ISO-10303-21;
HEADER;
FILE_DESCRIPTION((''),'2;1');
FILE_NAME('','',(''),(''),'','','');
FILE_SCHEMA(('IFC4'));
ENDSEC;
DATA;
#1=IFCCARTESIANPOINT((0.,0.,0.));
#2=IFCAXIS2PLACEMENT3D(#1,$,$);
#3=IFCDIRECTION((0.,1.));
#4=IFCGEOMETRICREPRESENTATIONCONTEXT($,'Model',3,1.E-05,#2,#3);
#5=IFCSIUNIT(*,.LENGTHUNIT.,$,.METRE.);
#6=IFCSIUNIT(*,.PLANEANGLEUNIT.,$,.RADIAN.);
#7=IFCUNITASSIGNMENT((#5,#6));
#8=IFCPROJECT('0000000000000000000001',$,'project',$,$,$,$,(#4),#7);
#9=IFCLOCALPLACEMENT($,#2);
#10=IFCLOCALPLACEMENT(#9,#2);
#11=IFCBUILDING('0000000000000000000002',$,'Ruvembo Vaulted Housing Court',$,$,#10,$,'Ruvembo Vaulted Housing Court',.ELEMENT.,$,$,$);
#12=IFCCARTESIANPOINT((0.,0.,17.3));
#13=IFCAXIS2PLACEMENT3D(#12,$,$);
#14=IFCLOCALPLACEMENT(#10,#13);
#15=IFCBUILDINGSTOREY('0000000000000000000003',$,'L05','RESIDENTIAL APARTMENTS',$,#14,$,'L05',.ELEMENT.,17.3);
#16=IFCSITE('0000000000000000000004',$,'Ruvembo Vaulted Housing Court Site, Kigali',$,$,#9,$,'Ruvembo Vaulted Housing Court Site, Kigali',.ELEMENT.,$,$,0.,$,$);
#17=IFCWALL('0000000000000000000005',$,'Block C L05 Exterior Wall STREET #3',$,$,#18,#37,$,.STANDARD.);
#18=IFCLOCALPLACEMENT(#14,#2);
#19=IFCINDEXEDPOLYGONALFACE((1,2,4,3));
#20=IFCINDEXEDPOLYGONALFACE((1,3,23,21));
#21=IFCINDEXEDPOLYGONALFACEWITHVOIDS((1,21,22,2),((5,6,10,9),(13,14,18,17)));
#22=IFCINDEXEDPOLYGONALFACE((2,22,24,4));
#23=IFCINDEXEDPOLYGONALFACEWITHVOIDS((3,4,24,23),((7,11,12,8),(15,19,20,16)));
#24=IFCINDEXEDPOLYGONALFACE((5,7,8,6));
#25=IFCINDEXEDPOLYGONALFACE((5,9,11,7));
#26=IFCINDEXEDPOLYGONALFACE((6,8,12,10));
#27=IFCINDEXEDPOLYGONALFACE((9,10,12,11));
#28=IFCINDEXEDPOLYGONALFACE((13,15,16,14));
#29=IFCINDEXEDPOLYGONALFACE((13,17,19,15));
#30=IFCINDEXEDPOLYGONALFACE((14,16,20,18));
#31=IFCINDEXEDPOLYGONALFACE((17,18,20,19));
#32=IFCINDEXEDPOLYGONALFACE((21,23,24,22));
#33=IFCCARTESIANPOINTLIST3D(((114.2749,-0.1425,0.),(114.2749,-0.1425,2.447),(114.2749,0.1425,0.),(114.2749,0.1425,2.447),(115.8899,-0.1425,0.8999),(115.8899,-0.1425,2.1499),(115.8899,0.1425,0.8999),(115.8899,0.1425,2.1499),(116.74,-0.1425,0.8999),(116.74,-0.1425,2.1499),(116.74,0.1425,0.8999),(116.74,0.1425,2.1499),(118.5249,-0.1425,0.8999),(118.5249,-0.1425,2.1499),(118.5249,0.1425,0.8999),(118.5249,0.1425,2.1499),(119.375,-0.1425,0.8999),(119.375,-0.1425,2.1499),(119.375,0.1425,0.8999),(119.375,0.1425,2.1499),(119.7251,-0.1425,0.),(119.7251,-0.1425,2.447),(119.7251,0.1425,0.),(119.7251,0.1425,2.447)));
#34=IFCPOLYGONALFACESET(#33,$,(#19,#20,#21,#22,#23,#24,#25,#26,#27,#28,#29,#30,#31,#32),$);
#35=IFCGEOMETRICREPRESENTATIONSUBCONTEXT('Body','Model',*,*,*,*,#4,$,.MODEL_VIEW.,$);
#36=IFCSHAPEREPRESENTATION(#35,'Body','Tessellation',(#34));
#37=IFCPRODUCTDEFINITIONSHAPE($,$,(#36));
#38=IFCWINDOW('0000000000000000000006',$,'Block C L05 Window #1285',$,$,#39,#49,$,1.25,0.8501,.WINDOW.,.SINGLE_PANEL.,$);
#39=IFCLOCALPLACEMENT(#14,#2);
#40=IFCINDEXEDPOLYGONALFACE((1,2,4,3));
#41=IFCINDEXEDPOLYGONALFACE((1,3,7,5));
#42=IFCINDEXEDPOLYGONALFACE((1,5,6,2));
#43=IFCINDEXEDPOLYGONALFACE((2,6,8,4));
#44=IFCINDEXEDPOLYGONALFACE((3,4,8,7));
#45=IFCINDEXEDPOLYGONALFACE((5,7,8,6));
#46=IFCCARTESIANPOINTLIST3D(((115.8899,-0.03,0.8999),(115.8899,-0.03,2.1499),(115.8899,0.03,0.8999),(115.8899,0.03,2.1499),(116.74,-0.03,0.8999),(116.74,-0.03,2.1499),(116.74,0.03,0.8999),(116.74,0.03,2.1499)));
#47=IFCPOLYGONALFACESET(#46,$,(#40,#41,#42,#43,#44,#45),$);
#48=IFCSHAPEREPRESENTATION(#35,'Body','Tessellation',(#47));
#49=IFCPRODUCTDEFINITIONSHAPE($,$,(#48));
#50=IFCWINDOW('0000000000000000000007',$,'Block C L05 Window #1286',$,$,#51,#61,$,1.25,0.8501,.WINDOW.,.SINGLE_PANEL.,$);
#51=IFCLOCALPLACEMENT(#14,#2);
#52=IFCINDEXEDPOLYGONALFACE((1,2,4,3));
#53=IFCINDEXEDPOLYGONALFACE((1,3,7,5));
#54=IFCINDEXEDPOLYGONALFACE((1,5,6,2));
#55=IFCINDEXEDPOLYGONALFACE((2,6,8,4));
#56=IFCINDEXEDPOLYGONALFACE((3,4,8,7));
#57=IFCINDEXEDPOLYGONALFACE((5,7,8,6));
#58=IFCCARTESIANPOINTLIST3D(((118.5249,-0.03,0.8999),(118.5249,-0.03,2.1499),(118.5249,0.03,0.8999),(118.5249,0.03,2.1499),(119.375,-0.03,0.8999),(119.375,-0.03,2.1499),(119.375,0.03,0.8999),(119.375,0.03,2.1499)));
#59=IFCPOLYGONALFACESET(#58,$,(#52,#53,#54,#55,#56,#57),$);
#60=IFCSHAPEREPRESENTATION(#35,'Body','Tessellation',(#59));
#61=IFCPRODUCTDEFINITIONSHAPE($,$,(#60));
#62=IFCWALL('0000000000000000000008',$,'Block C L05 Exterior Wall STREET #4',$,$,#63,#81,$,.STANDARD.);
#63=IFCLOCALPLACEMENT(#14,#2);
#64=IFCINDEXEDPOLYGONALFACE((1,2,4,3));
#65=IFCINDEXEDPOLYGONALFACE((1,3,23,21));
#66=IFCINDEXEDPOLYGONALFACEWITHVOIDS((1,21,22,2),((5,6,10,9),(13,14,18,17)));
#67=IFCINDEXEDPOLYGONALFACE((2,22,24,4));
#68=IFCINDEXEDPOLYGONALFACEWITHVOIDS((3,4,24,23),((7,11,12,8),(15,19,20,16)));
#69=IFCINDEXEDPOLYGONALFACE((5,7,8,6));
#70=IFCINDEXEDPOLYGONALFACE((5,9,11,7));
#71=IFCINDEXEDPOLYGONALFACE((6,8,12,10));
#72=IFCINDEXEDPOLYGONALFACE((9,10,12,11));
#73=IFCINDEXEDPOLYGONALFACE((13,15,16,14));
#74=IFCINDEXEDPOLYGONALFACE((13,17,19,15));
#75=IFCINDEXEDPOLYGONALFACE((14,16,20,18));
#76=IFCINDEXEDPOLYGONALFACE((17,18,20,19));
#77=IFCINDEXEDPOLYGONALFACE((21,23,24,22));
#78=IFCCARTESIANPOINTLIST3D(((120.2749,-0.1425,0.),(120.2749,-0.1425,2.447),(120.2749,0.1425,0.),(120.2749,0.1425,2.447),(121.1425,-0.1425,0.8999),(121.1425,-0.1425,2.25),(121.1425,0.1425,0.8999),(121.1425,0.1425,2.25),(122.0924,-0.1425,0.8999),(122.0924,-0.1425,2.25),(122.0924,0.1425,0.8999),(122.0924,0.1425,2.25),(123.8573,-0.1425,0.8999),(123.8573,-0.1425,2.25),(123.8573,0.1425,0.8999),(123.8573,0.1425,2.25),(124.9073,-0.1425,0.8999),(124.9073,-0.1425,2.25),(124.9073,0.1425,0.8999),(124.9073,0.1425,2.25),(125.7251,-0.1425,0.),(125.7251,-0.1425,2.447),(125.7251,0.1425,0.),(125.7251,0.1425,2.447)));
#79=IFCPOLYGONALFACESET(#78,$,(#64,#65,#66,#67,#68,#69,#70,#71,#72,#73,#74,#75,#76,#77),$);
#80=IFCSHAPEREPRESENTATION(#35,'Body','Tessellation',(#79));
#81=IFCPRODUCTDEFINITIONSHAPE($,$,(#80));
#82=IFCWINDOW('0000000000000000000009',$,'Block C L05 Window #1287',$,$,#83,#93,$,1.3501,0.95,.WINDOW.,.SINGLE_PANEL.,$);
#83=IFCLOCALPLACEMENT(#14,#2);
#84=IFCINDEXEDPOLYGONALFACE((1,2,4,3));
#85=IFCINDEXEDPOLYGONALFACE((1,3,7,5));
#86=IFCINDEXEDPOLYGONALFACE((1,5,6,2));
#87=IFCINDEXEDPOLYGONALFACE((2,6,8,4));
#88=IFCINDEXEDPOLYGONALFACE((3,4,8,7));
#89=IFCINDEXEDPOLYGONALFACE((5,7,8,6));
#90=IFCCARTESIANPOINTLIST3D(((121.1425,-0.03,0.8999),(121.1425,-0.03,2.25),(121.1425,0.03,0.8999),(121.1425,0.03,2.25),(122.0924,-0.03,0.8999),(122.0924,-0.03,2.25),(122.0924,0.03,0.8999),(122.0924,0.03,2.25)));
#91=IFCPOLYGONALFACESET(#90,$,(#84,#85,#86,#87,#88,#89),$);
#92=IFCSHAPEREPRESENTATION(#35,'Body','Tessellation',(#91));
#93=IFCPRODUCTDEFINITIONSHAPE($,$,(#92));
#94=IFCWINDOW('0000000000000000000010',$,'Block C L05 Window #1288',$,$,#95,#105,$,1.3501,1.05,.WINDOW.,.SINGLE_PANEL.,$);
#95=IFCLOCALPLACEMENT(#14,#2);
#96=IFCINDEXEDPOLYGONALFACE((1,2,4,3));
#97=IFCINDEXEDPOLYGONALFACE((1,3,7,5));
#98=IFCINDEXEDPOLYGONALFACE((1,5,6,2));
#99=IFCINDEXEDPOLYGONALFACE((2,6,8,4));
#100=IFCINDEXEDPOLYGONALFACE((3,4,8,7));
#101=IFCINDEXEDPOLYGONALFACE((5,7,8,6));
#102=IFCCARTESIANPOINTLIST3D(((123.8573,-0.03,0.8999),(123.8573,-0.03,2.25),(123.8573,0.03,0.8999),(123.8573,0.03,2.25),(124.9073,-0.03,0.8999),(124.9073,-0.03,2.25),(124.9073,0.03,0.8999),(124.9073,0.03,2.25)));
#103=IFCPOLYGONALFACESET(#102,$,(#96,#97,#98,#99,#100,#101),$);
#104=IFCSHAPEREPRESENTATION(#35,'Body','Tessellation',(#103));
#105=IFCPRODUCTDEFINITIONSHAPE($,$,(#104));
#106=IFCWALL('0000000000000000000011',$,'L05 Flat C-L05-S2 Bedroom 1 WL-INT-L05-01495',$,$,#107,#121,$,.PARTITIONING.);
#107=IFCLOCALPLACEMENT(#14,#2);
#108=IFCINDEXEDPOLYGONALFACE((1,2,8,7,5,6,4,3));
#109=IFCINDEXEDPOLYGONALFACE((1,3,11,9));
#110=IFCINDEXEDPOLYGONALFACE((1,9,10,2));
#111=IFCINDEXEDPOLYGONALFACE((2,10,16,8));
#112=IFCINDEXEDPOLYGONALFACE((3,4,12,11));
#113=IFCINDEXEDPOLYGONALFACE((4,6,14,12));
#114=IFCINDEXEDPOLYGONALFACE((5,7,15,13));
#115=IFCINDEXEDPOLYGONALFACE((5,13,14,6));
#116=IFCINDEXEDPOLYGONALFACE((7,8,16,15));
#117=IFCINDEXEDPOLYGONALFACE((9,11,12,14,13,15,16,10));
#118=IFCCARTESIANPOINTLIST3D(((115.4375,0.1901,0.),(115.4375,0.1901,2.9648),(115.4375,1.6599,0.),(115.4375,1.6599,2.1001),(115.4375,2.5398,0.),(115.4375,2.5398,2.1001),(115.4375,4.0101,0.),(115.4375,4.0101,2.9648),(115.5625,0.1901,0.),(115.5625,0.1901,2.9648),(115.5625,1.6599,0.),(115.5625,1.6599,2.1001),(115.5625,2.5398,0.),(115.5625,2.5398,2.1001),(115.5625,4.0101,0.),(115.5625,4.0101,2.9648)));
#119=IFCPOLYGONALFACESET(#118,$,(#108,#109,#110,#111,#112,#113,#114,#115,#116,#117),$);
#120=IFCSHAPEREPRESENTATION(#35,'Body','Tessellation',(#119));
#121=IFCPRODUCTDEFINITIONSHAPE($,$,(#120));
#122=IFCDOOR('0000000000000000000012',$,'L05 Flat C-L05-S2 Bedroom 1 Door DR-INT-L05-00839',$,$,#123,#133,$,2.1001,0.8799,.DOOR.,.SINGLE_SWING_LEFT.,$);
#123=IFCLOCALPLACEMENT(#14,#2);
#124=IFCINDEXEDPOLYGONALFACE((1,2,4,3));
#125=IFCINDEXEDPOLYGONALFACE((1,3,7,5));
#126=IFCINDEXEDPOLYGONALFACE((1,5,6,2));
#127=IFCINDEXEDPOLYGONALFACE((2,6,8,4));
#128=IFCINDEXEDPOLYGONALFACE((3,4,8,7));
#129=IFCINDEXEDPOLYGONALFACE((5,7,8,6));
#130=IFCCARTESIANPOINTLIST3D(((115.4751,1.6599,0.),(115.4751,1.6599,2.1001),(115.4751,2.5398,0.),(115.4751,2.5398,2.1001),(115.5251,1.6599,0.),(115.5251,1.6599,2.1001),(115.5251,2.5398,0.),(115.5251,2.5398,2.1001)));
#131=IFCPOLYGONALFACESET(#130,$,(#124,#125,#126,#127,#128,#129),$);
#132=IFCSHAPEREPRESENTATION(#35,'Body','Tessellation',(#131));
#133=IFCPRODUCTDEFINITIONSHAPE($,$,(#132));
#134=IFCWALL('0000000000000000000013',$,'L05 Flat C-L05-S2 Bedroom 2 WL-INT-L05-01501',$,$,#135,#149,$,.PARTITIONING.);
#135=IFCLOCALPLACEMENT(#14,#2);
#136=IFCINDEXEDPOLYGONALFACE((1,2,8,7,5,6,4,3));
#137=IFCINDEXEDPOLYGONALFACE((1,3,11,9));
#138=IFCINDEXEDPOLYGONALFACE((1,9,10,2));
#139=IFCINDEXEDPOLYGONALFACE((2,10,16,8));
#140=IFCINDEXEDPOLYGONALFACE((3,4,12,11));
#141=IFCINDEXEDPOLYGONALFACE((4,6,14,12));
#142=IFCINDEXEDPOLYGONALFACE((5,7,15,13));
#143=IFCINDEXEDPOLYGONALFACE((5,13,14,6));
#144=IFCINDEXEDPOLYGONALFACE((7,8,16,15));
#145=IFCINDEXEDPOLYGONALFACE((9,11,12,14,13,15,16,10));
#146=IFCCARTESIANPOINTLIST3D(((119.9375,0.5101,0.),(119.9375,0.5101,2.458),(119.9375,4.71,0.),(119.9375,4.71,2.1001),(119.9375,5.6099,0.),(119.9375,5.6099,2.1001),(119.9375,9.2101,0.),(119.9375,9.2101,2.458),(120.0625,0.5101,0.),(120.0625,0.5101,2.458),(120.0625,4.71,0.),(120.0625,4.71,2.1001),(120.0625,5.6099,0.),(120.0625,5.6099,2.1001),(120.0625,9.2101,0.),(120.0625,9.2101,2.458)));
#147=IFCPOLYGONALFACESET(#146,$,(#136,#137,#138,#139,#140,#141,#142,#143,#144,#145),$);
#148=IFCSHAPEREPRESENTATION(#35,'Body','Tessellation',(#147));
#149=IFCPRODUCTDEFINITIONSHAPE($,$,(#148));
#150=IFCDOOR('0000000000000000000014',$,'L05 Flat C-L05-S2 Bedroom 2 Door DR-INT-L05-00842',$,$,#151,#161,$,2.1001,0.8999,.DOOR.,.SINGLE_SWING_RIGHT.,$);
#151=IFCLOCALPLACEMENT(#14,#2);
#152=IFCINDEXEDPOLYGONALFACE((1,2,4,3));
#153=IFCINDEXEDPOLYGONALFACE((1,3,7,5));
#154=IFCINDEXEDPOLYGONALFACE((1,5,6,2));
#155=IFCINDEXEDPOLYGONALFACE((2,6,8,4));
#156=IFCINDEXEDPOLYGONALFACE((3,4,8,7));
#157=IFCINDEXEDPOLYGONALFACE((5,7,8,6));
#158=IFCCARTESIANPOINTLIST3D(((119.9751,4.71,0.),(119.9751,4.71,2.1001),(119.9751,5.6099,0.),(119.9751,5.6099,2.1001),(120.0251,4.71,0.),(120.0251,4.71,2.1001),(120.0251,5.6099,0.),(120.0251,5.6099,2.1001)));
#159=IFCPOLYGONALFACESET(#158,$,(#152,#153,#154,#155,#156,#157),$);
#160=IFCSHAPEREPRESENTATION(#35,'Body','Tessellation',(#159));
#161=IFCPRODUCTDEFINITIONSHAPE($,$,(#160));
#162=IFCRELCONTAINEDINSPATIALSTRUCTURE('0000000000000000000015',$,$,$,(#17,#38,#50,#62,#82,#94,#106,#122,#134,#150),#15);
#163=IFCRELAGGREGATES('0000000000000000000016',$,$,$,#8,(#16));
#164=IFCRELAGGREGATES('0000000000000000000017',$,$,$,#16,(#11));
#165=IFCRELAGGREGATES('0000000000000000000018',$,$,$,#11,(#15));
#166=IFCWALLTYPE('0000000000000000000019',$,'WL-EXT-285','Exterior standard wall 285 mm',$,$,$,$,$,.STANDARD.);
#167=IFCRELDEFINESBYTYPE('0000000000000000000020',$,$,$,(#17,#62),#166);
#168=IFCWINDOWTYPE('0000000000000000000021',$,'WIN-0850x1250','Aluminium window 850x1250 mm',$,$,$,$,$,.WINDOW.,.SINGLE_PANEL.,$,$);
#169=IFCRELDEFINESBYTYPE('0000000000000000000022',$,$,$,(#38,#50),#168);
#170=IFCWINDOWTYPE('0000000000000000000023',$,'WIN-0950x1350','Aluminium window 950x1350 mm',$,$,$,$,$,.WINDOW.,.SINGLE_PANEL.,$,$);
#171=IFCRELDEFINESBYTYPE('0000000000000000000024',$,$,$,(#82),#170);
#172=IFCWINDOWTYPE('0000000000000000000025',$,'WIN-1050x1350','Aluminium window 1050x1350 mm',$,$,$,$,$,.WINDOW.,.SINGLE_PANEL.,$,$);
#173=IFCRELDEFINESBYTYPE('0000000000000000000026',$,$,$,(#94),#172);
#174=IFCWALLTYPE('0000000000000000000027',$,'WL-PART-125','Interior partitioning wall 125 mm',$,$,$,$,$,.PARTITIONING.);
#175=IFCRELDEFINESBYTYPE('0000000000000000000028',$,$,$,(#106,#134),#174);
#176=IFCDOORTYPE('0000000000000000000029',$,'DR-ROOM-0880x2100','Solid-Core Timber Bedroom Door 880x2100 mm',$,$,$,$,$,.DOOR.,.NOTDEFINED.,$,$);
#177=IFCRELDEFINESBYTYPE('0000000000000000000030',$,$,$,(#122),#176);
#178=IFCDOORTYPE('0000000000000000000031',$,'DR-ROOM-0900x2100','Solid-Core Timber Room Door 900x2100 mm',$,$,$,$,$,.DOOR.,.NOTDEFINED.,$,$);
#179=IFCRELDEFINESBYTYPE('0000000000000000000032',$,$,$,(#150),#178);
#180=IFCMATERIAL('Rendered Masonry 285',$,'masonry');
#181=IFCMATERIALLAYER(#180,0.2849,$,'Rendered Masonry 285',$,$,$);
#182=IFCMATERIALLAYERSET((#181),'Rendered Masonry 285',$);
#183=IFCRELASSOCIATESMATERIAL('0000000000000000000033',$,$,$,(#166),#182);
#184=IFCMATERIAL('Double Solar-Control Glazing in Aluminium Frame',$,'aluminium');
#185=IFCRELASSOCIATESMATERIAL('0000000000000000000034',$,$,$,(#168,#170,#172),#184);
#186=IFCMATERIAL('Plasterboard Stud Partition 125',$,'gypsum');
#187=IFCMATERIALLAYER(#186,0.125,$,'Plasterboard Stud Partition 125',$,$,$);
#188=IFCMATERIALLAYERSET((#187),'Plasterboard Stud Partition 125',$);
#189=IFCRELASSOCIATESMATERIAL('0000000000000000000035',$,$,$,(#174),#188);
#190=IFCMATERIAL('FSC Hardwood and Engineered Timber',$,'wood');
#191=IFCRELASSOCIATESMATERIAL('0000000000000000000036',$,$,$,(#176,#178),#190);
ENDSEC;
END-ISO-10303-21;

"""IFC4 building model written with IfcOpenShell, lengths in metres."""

from ifc_helpers import new_model, si_unit, direction, frame, frame_2d, origin, place, context, subcontext, project, spatial, rectangle, extrude, material, layer, layer_set, type_object, element, fill, save


model = new_model("IFC4")

# Units and contexts
model_context = context("Model", 3, precision=1e-05, world=origin(), true_north=direction((0.0, 1.0)))
body_context = subcontext(model_context, "Body", "Model", "MODEL_VIEW")
ifc_project = project(units=[si_unit("LENGTHUNIT", "METRE"), si_unit("PLANEANGLEUNIT", "RADIAN")], contexts=[model_context])

# Site, building, storey
site_placement = place(None, origin())
site = spatial("IfcSite", under=ifc_project, at=site_placement, Name="Ruvembo Vaulted Housing Court Site, Kigali", LongName="Ruvembo Vaulted Housing Court Site, Kigali", CompositionType="ELEMENT", RefElevation=0.0)
building_placement = place(site_placement, origin())
building = spatial("IfcBuilding", under=site, at=building_placement, Name="Ruvembo Vaulted Housing Court", LongName="Ruvembo Vaulted Housing Court", CompositionType="ELEMENT")
storey_placement = place(building_placement, frame((0.0, 0.0, 17.3)))
storey = spatial("IfcBuildingStorey", under=building, at=storey_placement, Name="L05", Description="RESIDENTIAL APARTMENTS", LongName="L05", CompositionType="ELEMENT", Elevation=17.3)

# Walls, openings, windows
ifc_material_1 = material(Name="Rendered Masonry 285", Category="masonry")
ifc_layer_1 = layer(ifc_material_1, 0.2849, Name="Rendered Masonry 285")
ifc_layer_set_1 = layer_set([ifc_layer_1], Name="Rendered Masonry 285")
wall_type_1 = type_object("IfcWallType", Name="WL-EXT-285", Description="Exterior standard wall 285 mm", PredefinedType="STANDARD", material=ifc_layer_set_1)
wall_1_placement = place(storey_placement, frame((114.2749, 0.0, 0.0), z_axis=(0.0, 0.0, 1.0), x_axis=(1.0, 0.0, 0.0)))
wall_1 = element("IfcWall", 1, at=wall_1_placement, inside=storey, type_object=wall_type_1, Name="Block C L05 Exterior Wall STREET #3", PredefinedType="STANDARD", context=body_context, shape_type="SweptSolid", body=[
    extrude(rectangle(XDim=5.4502, YDim=0.2849, at=frame_2d((2.7251, 0.0))), origin(), (0.0, 0.0, 1.0), 2.447),
])
opening_1_placement = place(wall_1_placement, frame((1.615, 0.0, 0.8999)))
opening_1 = element("IfcOpeningElement", 2, at=opening_1_placement, cuts=wall_1, PredefinedType="OPENING", context=body_context, shape_type="SweptSolid", body=[
    extrude(rectangle(XDim=0.8501, YDim=1.25, at=frame_2d((0.425, 0.625))), frame((0.0, 0.1523, 0.0), z_axis=(0.0, -1.0, 0.0), x_axis=(1.0, 0.0, 0.0)), (0.0, 0.0, 1.0), 0.3049),
])
opening_2_placement = place(wall_1_placement, frame((4.25, 0.0, 0.8999)))
opening_2 = element("IfcOpeningElement", 3, at=opening_2_placement, cuts=wall_1, PredefinedType="OPENING", context=body_context, shape_type="SweptSolid", body=[
    extrude(rectangle(XDim=0.8501, YDim=1.25, at=frame_2d((0.425, 0.625))), frame((0.0, 0.1523, 0.0), z_axis=(0.0, -1.0, 0.0), x_axis=(1.0, 0.0, 0.0)), (0.0, 0.0, 1.0), 0.3049),
])
ifc_material_2 = material(Name="Double Solar-Control Glazing in Aluminium Frame", Category="aluminium")
window_type_1 = type_object("IfcWindowType", Name="WIN-0850x1250", Description="Aluminium window 850x1250 mm", PartitioningType="SINGLE_PANEL", PredefinedType="WINDOW", material=ifc_material_2)
window_1_placement = place(opening_1_placement, origin())
window_1 = element("IfcWindow", 4, at=window_1_placement, inside=storey, type_object=window_type_1, Name="Block C L05 Window #1285", OverallHeight=1.25, OverallWidth=0.8501, PartitioningType="SINGLE_PANEL", PredefinedType="WINDOW", context=body_context, shape_type="SweptSolid", body=[
    extrude(rectangle(XDim=0.8501, YDim=1.25, at=frame_2d((0.425, 0.625))), frame((0.0, 0.03, 0.0), z_axis=(0.0, -1.0, 0.0), x_axis=(1.0, 0.0, 0.0)), (0.0, 0.0, 1.0), 0.0601),
])
fill(opening_1, window_1)
window_2_placement = place(opening_2_placement, origin())
window_2 = element("IfcWindow", 5, at=window_2_placement, inside=storey, type_object=window_type_1, Name="Block C L05 Window #1286", OverallHeight=1.25, OverallWidth=0.8501, PartitioningType="SINGLE_PANEL", PredefinedType="WINDOW", context=body_context, shape_type="SweptSolid", body=[
    extrude(rectangle(XDim=0.8501, YDim=1.25, at=frame_2d((0.425, 0.625))), frame((0.0, 0.03, 0.0), z_axis=(0.0, -1.0, 0.0), x_axis=(1.0, 0.0, 0.0)), (0.0, 0.0, 1.0), 0.0601),
])
fill(opening_2, window_2)
wall_2_placement = place(storey_placement, frame((120.2749, 0.0, 0.0), z_axis=(0.0, 0.0, 1.0), x_axis=(1.0, 0.0, 0.0)))
wall_2 = element("IfcWall", 6, at=wall_2_placement, inside=storey, type_object=wall_type_1, Name="Block C L05 Exterior Wall STREET #4", PredefinedType="STANDARD", context=body_context, shape_type="SweptSolid", body=[
    extrude(rectangle(XDim=5.4502, YDim=0.2849, at=frame_2d((2.7251, 0.0))), origin(), (0.0, 0.0, 1.0), 2.447),
])
opening_3_placement = place(wall_2_placement, frame((0.8674, 0.0, 0.8999)))
opening_3 = element("IfcOpeningElement", 7, at=opening_3_placement, cuts=wall_2, PredefinedType="OPENING", context=body_context, shape_type="SweptSolid", body=[
    extrude(rectangle(XDim=0.95, YDim=1.3501, at=frame_2d((0.4751, 0.675))), frame((0.0, 0.1523, 0.0), z_axis=(0.0, -1.0, 0.0), x_axis=(1.0, 0.0, 0.0)), (0.0, 0.0, 1.0), 0.3049),
])
opening_4_placement = place(wall_2_placement, frame((3.5825, 0.0, 0.8999)))
opening_4 = element("IfcOpeningElement", 8, at=opening_4_placement, cuts=wall_2, PredefinedType="OPENING", context=body_context, shape_type="SweptSolid", body=[
    extrude(rectangle(XDim=1.05, YDim=1.3501, at=frame_2d((0.5249, 0.675))), frame((0.0, 0.1523, 0.0), z_axis=(0.0, -1.0, 0.0), x_axis=(1.0, 0.0, 0.0)), (0.0, 0.0, 1.0), 0.3049),
])
window_type_2 = type_object("IfcWindowType", Name="WIN-0950x1350", Description="Aluminium window 950x1350 mm", PartitioningType="SINGLE_PANEL", PredefinedType="WINDOW", material=ifc_material_2)
window_3_placement = place(opening_3_placement, origin())
window_3 = element("IfcWindow", 9, at=window_3_placement, inside=storey, type_object=window_type_2, Name="Block C L05 Window #1287", OverallHeight=1.3501, OverallWidth=0.95, PartitioningType="SINGLE_PANEL", PredefinedType="WINDOW", context=body_context, shape_type="SweptSolid", body=[
    extrude(rectangle(XDim=0.95, YDim=1.3501, at=frame_2d((0.4751, 0.675))), frame((0.0, 0.03, 0.0), z_axis=(0.0, -1.0, 0.0), x_axis=(1.0, 0.0, 0.0)), (0.0, 0.0, 1.0), 0.0601),
])
fill(opening_3, window_3)
window_type_3 = type_object("IfcWindowType", Name="WIN-1050x1350", Description="Aluminium window 1050x1350 mm", PartitioningType="SINGLE_PANEL", PredefinedType="WINDOW", material=ifc_material_2)
window_4_placement = place(opening_4_placement, origin())
window_4 = element("IfcWindow", 10, at=window_4_placement, inside=storey, type_object=window_type_3, Name="Block C L05 Window #1288", OverallHeight=1.3501, OverallWidth=1.05, PartitioningType="SINGLE_PANEL", PredefinedType="WINDOW", context=body_context, shape_type="SweptSolid", body=[
    extrude(rectangle(XDim=1.05, YDim=1.3501, at=frame_2d((0.5249, 0.675))), frame((0.0, 0.03, 0.0), z_axis=(0.0, -1.0, 0.0), x_axis=(1.0, 0.0, 0.0)), (0.0, 0.0, 1.0), 0.0601),
])
fill(opening_4, window_4)

# Walls, openings, doors
ifc_material_3 = material(Name="Plasterboard Stud Partition 125", Category="gypsum")
ifc_layer_2 = layer(ifc_material_3, 0.125, Name="Plasterboard Stud Partition 125")
ifc_layer_set_2 = layer_set([ifc_layer_2], Name="Plasterboard Stud Partition 125")
wall_type_2 = type_object("IfcWallType", Name="WL-PART-125", Description="Interior partitioning wall 125 mm", PredefinedType="PARTITIONING", material=ifc_layer_set_2)
wall_3_placement = place(storey_placement, frame((115.5, 0.1899, 0.0), z_axis=(0.0, 0.0, 1.0), x_axis=(0.0, 1.0, 0.0)))
wall_3 = element("IfcWall", 11, at=wall_3_placement, inside=storey, type_object=wall_type_2, Name="L05 Flat C-L05-S2 Bedroom 1 WL-INT-L05-01495", PredefinedType="PARTITIONING", context=body_context, shape_type="SweptSolid", body=[
    extrude(rectangle(XDim=3.8201, YDim=0.125, at=frame_2d((1.9102, 0.0))), origin(), (0.0, 0.0, 1.0), 2.9648),
])
opening_5_placement = place(wall_3_placement, frame((1.47, 0.0, 0.0)))
opening_5 = element("IfcOpeningElement", 12, at=opening_5_placement, cuts=wall_3, PredefinedType="OPENING", context=body_context, shape_type="SweptSolid", body=[
    extrude(rectangle(XDim=0.8799, YDim=2.1001, at=frame_2d((0.4399, 1.05))), frame((0.0, 0.0725, 0.0), z_axis=(0.0, -1.0, 0.0), x_axis=(1.0, 0.0, 0.0)), (0.0, 0.0, 1.0), 0.145),
])
ifc_material_4 = material(Name="FSC Hardwood and Engineered Timber", Category="wood")
door_type_1 = type_object("IfcDoorType", Name="DR-ROOM-0880x2100", Description="Solid-Core Timber Bedroom Door 880x2100 mm", OperationType="NOTDEFINED", PredefinedType="DOOR", material=ifc_material_4)
door_1_placement = place(opening_5_placement, origin())
door_1 = element("IfcDoor", 13, at=door_1_placement, inside=storey, type_object=door_type_1, Name="L05 Flat C-L05-S2 Bedroom 1 Door DR-INT-L05-00839", OperationType="SINGLE_SWING_LEFT", OverallHeight=2.1001, OverallWidth=0.8799, PredefinedType="DOOR", context=body_context, shape_type="SweptSolid", body=[
    extrude(rectangle(XDim=0.8799, YDim=2.1001, at=frame_2d((0.4399, 1.05))), frame((0.0, 0.0249, 0.0), z_axis=(0.0, -1.0, 0.0), x_axis=(1.0, 0.0, 0.0)), (0.0, 0.0, 1.0), 0.05),
])
fill(opening_5, door_1)
wall_4_placement = place(storey_placement, frame((120.0, 0.51, 0.0), z_axis=(0.0, 0.0, 1.0), x_axis=(0.0, 1.0, 0.0)))
wall_4 = element("IfcWall", 14, at=wall_4_placement, inside=storey, type_object=wall_type_2, Name="L05 Flat C-L05-S2 Bedroom 2 WL-INT-L05-01501", PredefinedType="PARTITIONING", context=body_context, shape_type="SweptSolid", body=[
    extrude(rectangle(XDim=8.7, YDim=0.125, at=frame_2d((4.3501, 0.0))), origin(), (0.0, 0.0, 1.0), 2.458),
])
opening_6_placement = place(wall_4_placement, frame((4.2, 0.0, 0.0)))
opening_6 = element("IfcOpeningElement", 15, at=opening_6_placement, cuts=wall_4, PredefinedType="OPENING", context=body_context, shape_type="SweptSolid", body=[
    extrude(rectangle(XDim=0.8999, YDim=2.1001, at=frame_2d((0.45, 1.05))), frame((0.0, 0.0725, 0.0), z_axis=(0.0, -1.0, 0.0), x_axis=(1.0, 0.0, 0.0)), (0.0, 0.0, 1.0), 0.145),
])
door_type_2 = type_object("IfcDoorType", Name="DR-ROOM-0900x2100", Description="Solid-Core Timber Room Door 900x2100 mm", OperationType="NOTDEFINED", PredefinedType="DOOR", material=ifc_material_4)
door_2_placement = place(opening_6_placement, origin())
door_2 = element("IfcDoor", 16, at=door_2_placement, inside=storey, type_object=door_type_2, Name="L05 Flat C-L05-S2 Bedroom 2 Door DR-INT-L05-00842", OperationType="SINGLE_SWING_RIGHT", OverallHeight=2.1001, OverallWidth=0.8999, PredefinedType="DOOR", context=body_context, shape_type="SweptSolid", body=[
    extrude(rectangle(XDim=0.8999, YDim=2.1001, at=frame_2d((0.45, 1.05))), frame((0.0, 0.0249, 0.0), z_axis=(0.0, -1.0, 0.0), x_axis=(1.0, 0.0, 0.0)), (0.0, 0.0, 1.0), 0.05),
])
fill(opening_6, door_2)

save(model, "model.ifc")
